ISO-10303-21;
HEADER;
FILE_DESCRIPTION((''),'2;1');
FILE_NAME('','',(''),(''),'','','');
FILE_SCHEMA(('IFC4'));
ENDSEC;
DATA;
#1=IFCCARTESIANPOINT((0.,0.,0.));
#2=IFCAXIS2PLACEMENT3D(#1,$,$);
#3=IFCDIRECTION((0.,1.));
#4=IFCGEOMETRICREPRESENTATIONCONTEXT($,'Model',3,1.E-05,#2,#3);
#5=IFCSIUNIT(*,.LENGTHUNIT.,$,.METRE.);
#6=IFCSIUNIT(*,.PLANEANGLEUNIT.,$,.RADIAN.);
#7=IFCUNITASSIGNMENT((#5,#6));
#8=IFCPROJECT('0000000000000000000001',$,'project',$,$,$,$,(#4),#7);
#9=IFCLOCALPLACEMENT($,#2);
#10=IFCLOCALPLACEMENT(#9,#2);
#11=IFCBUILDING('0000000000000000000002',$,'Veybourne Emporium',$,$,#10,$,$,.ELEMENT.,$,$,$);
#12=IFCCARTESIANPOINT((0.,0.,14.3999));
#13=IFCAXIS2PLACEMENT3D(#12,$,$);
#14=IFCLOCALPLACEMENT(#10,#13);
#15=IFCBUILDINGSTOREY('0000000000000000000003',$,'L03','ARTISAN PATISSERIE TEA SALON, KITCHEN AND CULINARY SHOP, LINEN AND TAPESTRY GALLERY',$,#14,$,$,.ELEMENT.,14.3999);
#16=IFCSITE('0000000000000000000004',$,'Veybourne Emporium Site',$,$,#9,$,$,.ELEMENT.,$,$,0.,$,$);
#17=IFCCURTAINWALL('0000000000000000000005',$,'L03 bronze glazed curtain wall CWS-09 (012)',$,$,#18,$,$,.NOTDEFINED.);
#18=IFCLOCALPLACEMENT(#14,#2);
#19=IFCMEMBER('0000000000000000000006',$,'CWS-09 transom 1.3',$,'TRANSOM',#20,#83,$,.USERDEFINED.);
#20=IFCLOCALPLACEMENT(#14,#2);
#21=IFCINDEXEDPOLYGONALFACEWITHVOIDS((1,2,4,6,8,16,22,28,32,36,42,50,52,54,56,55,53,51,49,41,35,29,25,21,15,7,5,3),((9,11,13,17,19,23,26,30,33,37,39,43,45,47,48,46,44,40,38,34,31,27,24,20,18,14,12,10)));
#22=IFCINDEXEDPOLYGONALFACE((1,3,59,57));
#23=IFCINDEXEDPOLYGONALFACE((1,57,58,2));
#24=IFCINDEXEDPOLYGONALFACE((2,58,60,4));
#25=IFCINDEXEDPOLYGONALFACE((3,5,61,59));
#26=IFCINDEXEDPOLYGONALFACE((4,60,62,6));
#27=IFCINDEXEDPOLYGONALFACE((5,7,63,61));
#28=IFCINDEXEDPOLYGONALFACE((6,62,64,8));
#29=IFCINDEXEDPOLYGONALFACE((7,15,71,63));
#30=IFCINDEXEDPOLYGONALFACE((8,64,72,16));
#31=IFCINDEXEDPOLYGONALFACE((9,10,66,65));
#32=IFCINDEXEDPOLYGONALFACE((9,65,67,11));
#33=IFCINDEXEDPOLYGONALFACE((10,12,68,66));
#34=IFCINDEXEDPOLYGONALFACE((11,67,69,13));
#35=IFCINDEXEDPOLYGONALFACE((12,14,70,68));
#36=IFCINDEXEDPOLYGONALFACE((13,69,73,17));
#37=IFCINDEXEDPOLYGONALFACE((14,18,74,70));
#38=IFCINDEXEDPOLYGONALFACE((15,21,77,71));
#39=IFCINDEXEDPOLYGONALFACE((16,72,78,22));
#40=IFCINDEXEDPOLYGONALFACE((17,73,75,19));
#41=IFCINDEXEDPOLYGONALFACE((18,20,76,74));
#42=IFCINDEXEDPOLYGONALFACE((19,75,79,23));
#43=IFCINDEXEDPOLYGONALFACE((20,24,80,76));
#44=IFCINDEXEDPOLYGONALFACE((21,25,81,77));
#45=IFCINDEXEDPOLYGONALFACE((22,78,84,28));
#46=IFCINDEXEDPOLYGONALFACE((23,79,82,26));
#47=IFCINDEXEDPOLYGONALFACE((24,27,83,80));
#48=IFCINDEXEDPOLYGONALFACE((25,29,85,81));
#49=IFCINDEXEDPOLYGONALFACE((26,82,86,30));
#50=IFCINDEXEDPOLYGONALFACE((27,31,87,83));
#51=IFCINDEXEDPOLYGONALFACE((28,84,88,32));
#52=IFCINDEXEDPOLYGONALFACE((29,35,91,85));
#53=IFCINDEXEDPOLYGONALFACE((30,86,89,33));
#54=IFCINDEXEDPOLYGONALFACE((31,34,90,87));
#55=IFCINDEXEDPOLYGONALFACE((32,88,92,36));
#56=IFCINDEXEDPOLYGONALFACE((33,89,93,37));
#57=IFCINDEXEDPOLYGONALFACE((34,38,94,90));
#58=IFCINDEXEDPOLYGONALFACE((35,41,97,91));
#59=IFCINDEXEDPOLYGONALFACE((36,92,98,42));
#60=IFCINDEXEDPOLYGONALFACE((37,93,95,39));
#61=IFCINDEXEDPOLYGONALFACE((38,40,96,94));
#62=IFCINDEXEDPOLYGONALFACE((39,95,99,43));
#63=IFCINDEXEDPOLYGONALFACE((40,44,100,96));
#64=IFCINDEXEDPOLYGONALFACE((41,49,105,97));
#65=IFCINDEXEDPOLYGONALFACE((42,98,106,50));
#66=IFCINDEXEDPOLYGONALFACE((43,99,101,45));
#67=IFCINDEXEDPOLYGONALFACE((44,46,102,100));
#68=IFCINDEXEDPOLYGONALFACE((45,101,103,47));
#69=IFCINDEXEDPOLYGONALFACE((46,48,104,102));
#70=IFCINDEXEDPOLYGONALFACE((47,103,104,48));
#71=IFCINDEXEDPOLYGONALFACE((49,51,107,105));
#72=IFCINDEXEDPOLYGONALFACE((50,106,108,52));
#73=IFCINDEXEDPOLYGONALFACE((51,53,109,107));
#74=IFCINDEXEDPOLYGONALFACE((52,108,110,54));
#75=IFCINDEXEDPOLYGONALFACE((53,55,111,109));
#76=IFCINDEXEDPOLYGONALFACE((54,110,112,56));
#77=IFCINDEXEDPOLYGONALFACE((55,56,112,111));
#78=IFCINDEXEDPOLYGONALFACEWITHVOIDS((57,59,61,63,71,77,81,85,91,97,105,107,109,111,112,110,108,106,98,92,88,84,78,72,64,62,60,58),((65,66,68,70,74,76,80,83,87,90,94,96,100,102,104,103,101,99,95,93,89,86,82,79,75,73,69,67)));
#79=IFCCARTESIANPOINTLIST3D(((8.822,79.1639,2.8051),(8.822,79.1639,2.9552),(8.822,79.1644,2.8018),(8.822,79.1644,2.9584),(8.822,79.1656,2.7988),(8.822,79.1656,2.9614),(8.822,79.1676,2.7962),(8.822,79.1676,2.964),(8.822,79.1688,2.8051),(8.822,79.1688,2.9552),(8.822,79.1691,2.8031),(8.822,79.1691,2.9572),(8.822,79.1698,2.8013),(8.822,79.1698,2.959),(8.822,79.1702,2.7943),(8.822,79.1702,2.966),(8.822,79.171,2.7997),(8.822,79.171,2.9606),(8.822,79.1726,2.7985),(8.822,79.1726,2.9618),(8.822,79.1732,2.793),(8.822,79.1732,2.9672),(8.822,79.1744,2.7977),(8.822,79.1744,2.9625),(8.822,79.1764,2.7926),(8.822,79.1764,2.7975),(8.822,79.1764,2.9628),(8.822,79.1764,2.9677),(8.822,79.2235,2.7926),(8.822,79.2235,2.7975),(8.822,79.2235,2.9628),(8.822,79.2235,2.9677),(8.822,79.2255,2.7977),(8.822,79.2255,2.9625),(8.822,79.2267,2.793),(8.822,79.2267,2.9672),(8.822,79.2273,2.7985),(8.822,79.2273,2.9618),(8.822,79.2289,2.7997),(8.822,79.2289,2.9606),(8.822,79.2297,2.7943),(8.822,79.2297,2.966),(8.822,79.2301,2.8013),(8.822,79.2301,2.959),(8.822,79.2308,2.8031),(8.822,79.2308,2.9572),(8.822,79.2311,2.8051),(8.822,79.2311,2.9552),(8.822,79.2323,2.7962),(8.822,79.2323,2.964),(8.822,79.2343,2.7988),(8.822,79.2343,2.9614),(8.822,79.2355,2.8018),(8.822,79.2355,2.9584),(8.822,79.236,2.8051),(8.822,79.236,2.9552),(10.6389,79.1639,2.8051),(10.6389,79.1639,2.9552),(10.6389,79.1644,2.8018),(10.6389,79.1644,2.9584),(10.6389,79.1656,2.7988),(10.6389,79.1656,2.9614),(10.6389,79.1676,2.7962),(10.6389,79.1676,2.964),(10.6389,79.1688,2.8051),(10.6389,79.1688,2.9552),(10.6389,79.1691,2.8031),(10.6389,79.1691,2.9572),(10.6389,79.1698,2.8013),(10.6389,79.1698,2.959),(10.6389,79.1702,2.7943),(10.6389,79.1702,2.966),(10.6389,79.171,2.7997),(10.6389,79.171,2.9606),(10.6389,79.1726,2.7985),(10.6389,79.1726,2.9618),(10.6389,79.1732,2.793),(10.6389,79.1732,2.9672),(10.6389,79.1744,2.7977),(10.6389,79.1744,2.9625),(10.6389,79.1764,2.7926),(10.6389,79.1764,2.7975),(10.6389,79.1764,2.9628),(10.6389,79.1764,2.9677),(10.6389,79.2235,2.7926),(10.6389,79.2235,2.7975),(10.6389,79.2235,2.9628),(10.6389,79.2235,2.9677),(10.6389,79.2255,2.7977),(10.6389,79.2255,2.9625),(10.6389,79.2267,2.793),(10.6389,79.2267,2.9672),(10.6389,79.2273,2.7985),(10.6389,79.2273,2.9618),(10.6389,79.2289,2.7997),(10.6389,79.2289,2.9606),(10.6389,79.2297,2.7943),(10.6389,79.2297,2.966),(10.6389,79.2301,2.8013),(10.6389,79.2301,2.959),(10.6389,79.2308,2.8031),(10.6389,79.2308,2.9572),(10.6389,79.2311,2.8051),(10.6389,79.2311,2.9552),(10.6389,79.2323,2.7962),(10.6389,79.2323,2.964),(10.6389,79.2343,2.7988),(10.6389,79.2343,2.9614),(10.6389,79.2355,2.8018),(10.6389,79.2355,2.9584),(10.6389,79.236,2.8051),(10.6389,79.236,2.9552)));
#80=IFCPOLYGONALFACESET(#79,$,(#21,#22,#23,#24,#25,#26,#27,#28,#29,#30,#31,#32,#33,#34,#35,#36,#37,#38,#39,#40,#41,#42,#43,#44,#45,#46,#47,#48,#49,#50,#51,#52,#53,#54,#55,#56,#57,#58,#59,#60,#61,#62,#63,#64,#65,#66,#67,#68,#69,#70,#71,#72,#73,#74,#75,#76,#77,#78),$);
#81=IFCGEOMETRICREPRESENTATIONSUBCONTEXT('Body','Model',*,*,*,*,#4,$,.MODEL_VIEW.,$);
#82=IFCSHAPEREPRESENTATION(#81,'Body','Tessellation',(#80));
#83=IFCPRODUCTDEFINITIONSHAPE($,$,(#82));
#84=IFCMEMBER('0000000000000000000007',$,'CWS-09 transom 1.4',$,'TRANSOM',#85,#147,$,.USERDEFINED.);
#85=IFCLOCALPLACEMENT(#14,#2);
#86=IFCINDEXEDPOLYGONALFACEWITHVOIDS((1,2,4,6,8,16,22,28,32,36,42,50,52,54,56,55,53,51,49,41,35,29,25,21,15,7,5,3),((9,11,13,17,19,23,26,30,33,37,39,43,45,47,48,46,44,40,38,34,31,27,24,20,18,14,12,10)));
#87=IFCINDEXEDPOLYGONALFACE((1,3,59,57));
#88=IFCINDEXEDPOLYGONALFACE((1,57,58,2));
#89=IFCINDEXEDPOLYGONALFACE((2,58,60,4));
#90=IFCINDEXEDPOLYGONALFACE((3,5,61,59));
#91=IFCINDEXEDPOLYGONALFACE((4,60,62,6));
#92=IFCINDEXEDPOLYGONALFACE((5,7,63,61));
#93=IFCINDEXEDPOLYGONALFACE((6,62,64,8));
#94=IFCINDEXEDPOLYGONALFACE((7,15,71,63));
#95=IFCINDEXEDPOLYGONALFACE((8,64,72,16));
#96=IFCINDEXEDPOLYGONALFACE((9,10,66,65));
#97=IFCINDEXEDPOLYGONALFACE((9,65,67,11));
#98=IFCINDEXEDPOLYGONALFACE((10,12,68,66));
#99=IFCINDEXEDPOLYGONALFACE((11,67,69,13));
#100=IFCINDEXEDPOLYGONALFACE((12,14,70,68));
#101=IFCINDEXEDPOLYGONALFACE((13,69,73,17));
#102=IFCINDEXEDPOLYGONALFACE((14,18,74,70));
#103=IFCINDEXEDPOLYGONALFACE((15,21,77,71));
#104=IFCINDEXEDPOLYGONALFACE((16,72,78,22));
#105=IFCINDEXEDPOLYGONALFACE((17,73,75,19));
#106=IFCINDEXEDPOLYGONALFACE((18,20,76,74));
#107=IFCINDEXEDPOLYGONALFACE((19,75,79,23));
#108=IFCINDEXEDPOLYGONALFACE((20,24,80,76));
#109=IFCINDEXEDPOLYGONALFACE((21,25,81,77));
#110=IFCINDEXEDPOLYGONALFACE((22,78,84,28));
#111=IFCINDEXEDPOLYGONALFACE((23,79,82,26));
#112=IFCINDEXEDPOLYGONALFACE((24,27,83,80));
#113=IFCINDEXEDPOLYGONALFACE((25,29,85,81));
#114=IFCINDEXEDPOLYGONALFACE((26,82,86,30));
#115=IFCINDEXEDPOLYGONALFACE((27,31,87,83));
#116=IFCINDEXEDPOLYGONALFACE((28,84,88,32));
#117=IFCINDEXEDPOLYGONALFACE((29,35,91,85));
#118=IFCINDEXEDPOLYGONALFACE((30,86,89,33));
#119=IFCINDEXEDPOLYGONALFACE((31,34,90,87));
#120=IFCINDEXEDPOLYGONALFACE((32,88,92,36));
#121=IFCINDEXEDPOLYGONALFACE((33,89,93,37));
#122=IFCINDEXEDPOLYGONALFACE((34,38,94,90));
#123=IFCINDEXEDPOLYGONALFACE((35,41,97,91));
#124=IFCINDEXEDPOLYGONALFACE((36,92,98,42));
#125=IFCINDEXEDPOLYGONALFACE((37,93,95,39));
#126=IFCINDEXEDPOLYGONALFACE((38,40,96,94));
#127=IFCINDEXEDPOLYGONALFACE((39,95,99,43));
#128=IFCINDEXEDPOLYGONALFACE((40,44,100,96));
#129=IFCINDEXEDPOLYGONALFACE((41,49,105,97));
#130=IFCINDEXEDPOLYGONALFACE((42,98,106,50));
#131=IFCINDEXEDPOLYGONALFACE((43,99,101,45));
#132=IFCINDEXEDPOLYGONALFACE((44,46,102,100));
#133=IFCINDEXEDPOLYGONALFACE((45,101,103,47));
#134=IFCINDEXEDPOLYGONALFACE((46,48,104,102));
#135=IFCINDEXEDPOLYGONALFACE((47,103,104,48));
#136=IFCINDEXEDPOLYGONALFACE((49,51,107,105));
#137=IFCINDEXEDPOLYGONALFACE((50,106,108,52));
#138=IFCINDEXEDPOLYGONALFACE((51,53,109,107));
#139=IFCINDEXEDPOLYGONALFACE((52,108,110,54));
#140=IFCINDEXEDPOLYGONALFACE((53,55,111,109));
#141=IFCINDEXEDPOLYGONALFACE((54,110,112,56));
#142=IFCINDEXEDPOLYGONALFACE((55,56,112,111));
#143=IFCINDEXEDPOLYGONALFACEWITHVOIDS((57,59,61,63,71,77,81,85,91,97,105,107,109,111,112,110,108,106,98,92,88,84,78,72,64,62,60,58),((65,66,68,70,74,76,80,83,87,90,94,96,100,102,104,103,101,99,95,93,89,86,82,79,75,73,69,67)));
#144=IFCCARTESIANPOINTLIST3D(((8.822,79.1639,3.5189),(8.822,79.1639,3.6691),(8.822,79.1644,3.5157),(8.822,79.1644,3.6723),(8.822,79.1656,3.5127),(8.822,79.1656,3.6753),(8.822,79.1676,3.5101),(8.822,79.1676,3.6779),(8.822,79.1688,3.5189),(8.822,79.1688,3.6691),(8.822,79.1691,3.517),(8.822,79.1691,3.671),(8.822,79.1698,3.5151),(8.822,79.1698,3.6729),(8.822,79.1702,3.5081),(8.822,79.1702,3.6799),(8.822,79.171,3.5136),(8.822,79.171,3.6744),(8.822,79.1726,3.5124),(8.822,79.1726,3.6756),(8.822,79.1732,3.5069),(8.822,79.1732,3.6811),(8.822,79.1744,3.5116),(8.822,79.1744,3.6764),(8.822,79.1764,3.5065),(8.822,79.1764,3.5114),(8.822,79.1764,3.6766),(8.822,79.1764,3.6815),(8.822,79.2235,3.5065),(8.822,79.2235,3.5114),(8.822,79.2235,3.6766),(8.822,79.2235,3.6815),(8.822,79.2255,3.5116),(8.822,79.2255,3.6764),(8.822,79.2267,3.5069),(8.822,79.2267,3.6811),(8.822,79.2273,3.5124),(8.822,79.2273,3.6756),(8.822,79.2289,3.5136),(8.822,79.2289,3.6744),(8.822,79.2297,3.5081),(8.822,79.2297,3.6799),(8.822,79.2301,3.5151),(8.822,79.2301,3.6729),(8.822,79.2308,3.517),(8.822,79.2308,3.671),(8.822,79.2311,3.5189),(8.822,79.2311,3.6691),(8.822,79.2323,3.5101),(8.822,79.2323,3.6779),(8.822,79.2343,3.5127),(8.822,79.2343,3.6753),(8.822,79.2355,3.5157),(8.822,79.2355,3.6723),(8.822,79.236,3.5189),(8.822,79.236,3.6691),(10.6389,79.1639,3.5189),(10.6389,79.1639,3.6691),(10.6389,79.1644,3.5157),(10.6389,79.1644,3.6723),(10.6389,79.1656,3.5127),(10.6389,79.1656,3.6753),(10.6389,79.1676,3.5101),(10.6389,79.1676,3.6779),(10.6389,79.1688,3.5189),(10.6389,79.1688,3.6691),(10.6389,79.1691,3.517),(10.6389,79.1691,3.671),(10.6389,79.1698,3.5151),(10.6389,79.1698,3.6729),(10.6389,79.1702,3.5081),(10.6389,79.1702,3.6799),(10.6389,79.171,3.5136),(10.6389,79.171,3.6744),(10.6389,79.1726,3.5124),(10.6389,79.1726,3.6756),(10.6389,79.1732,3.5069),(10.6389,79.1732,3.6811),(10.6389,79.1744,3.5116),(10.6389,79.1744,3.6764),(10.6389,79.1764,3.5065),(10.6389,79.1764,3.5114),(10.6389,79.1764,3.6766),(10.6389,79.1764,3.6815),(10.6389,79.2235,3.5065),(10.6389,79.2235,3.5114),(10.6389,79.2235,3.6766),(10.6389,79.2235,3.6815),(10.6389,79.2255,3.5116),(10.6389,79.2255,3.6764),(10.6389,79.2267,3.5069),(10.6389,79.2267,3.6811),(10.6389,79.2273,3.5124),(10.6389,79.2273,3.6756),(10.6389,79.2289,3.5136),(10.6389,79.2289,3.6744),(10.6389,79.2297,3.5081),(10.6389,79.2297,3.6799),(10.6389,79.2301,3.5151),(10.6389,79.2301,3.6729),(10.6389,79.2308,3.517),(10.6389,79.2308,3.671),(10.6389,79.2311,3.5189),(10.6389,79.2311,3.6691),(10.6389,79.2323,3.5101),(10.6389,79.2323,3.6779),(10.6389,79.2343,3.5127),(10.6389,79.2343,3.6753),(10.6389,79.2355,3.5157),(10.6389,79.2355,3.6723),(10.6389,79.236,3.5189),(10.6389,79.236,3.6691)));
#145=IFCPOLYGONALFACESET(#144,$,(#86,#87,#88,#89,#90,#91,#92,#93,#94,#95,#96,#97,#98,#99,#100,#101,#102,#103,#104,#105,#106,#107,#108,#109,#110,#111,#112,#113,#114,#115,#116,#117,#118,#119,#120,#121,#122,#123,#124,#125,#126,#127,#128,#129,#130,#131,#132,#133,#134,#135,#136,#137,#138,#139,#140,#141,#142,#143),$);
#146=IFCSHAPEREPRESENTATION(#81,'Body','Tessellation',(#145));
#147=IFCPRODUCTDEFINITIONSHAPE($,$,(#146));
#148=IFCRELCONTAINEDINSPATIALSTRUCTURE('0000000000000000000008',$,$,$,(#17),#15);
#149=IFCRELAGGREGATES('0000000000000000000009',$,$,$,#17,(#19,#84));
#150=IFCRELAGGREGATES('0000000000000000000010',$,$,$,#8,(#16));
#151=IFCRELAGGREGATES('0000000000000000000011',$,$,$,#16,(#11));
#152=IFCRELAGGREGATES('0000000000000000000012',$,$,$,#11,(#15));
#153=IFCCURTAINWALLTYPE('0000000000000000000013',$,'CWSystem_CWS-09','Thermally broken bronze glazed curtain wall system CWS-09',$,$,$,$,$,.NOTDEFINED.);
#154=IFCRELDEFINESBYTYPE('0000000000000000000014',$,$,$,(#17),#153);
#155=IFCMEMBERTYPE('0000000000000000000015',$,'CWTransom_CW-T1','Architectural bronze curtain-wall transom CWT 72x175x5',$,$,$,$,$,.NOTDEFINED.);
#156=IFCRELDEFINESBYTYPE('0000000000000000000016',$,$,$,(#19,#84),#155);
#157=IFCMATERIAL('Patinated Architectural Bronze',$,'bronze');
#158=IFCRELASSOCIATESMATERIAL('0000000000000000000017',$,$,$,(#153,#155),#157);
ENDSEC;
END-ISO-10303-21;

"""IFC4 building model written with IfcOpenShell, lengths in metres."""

from ifc_helpers import new_model, si_unit, direction, frame, origin, origin_2d, place, context, subcontext, project, spatial, hollow_rectangle, extrude, material, material_profile, profile_set, type_object, element, aggregate, save


model = new_model("IFC4")

# Units and contexts
model_context = context("Model", 3, precision=1e-05, world=origin(), true_north=direction((0.0, 1.0)))
body_context = subcontext(model_context, "Body", "Model", "MODEL_VIEW")
ifc_project = project(units=[si_unit("LENGTHUNIT", "METRE"), si_unit("PLANEANGLEUNIT", "RADIAN")], contexts=[model_context])

# Site, building, storey
site_placement = place(None, origin())
site = spatial("IfcSite", under=ifc_project, at=site_placement, Name="Veybourne Emporium Site", CompositionType="ELEMENT", RefElevation=0.0)
building_placement = place(site_placement, origin())
building = spatial("IfcBuilding", under=site, at=building_placement, Name="Veybourne Emporium", CompositionType="ELEMENT")
storey_placement = place(building_placement, frame((0.0, 0.0, 14.3999)))
storey = spatial("IfcBuildingStorey", under=building, at=storey_placement, Name="L03", Description="ARTISAN PATISSERIE TEA SALON, KITCHEN AND CULINARY SHOP, LINEN AND TAPESTRY GALLERY", CompositionType="ELEMENT", Elevation=14.3999)

# Curtain wall, members
ifc_material_1 = material(Name="Patinated Architectural Bronze", Category="bronze")
curtain_wall_type = type_object("IfcCurtainWallType", Name="CWSystem_CWS-09", Description="Thermally broken bronze glazed curtain wall system CWS-09", PredefinedType="NOTDEFINED", material=ifc_material_1)
curtain_wall_placement = place(storey_placement, origin())
curtain_wall = element("IfcCurtainWall", 1, at=curtain_wall_placement, inside=storey, type_object=curtain_wall_type, Name="L03 bronze glazed curtain wall CWS-09 (012)", PredefinedType="NOTDEFINED")
ifc_material_profile_1 = material_profile(ifc_material_1, hollow_rectangle(XDim=0.072, YDim=0.175, WallThickness=0.0049, InnerFilletRadius=0.0076, OuterFilletRadius=0.0125, at=origin_2d()), Name="CWT 72x175x5")
ifc_profile_set_1 = profile_set([ifc_material_profile_1], Name="Patinated Architectural Bronze")
member_type_1 = type_object("IfcMemberType", Name="CWTransom_CW-T1", Description="Architectural bronze curtain-wall transom CWT 72x175x5", PredefinedType="NOTDEFINED", material=ifc_profile_set_1)
member_1_placement = place(storey_placement, frame((8.822, 79.2, 2.8801), z_axis=(1.0, 0.0, 0.0), x_axis=(0.0, 1.0, 0.0)))
member_1 = element("IfcMember", 2, at=member_1_placement, type_object=member_type_1, Name="CWS-09 transom 1.3", ObjectType="TRANSOM", PredefinedType="USERDEFINED", context=body_context, shape_type="SweptSolid", body=[
    extrude(hollow_rectangle(XDim=0.072, YDim=0.175, WallThickness=0.0049, InnerFilletRadius=0.0076, OuterFilletRadius=0.0125, at=origin_2d()), origin(), (0.0, 0.0, 1.0), 1.8169),
])
member_2_placement = place(storey_placement, frame((8.822, 79.2, 3.594), z_axis=(1.0, 0.0, 0.0), x_axis=(0.0, 1.0, 0.0)))
member_2 = element("IfcMember", 3, at=member_2_placement, type_object=member_type_1, Name="CWS-09 transom 1.4", ObjectType="TRANSOM", PredefinedType="USERDEFINED", context=body_context, shape_type="SweptSolid", body=[
    extrude(hollow_rectangle(XDim=0.072, YDim=0.175, WallThickness=0.0049, InnerFilletRadius=0.0076, OuterFilletRadius=0.0125, at=origin_2d()), origin(), (0.0, 0.0, 1.0), 1.8169),
])

aggregate(curtain_wall, [member_1, member_2])

save(model, "model.ifc")
